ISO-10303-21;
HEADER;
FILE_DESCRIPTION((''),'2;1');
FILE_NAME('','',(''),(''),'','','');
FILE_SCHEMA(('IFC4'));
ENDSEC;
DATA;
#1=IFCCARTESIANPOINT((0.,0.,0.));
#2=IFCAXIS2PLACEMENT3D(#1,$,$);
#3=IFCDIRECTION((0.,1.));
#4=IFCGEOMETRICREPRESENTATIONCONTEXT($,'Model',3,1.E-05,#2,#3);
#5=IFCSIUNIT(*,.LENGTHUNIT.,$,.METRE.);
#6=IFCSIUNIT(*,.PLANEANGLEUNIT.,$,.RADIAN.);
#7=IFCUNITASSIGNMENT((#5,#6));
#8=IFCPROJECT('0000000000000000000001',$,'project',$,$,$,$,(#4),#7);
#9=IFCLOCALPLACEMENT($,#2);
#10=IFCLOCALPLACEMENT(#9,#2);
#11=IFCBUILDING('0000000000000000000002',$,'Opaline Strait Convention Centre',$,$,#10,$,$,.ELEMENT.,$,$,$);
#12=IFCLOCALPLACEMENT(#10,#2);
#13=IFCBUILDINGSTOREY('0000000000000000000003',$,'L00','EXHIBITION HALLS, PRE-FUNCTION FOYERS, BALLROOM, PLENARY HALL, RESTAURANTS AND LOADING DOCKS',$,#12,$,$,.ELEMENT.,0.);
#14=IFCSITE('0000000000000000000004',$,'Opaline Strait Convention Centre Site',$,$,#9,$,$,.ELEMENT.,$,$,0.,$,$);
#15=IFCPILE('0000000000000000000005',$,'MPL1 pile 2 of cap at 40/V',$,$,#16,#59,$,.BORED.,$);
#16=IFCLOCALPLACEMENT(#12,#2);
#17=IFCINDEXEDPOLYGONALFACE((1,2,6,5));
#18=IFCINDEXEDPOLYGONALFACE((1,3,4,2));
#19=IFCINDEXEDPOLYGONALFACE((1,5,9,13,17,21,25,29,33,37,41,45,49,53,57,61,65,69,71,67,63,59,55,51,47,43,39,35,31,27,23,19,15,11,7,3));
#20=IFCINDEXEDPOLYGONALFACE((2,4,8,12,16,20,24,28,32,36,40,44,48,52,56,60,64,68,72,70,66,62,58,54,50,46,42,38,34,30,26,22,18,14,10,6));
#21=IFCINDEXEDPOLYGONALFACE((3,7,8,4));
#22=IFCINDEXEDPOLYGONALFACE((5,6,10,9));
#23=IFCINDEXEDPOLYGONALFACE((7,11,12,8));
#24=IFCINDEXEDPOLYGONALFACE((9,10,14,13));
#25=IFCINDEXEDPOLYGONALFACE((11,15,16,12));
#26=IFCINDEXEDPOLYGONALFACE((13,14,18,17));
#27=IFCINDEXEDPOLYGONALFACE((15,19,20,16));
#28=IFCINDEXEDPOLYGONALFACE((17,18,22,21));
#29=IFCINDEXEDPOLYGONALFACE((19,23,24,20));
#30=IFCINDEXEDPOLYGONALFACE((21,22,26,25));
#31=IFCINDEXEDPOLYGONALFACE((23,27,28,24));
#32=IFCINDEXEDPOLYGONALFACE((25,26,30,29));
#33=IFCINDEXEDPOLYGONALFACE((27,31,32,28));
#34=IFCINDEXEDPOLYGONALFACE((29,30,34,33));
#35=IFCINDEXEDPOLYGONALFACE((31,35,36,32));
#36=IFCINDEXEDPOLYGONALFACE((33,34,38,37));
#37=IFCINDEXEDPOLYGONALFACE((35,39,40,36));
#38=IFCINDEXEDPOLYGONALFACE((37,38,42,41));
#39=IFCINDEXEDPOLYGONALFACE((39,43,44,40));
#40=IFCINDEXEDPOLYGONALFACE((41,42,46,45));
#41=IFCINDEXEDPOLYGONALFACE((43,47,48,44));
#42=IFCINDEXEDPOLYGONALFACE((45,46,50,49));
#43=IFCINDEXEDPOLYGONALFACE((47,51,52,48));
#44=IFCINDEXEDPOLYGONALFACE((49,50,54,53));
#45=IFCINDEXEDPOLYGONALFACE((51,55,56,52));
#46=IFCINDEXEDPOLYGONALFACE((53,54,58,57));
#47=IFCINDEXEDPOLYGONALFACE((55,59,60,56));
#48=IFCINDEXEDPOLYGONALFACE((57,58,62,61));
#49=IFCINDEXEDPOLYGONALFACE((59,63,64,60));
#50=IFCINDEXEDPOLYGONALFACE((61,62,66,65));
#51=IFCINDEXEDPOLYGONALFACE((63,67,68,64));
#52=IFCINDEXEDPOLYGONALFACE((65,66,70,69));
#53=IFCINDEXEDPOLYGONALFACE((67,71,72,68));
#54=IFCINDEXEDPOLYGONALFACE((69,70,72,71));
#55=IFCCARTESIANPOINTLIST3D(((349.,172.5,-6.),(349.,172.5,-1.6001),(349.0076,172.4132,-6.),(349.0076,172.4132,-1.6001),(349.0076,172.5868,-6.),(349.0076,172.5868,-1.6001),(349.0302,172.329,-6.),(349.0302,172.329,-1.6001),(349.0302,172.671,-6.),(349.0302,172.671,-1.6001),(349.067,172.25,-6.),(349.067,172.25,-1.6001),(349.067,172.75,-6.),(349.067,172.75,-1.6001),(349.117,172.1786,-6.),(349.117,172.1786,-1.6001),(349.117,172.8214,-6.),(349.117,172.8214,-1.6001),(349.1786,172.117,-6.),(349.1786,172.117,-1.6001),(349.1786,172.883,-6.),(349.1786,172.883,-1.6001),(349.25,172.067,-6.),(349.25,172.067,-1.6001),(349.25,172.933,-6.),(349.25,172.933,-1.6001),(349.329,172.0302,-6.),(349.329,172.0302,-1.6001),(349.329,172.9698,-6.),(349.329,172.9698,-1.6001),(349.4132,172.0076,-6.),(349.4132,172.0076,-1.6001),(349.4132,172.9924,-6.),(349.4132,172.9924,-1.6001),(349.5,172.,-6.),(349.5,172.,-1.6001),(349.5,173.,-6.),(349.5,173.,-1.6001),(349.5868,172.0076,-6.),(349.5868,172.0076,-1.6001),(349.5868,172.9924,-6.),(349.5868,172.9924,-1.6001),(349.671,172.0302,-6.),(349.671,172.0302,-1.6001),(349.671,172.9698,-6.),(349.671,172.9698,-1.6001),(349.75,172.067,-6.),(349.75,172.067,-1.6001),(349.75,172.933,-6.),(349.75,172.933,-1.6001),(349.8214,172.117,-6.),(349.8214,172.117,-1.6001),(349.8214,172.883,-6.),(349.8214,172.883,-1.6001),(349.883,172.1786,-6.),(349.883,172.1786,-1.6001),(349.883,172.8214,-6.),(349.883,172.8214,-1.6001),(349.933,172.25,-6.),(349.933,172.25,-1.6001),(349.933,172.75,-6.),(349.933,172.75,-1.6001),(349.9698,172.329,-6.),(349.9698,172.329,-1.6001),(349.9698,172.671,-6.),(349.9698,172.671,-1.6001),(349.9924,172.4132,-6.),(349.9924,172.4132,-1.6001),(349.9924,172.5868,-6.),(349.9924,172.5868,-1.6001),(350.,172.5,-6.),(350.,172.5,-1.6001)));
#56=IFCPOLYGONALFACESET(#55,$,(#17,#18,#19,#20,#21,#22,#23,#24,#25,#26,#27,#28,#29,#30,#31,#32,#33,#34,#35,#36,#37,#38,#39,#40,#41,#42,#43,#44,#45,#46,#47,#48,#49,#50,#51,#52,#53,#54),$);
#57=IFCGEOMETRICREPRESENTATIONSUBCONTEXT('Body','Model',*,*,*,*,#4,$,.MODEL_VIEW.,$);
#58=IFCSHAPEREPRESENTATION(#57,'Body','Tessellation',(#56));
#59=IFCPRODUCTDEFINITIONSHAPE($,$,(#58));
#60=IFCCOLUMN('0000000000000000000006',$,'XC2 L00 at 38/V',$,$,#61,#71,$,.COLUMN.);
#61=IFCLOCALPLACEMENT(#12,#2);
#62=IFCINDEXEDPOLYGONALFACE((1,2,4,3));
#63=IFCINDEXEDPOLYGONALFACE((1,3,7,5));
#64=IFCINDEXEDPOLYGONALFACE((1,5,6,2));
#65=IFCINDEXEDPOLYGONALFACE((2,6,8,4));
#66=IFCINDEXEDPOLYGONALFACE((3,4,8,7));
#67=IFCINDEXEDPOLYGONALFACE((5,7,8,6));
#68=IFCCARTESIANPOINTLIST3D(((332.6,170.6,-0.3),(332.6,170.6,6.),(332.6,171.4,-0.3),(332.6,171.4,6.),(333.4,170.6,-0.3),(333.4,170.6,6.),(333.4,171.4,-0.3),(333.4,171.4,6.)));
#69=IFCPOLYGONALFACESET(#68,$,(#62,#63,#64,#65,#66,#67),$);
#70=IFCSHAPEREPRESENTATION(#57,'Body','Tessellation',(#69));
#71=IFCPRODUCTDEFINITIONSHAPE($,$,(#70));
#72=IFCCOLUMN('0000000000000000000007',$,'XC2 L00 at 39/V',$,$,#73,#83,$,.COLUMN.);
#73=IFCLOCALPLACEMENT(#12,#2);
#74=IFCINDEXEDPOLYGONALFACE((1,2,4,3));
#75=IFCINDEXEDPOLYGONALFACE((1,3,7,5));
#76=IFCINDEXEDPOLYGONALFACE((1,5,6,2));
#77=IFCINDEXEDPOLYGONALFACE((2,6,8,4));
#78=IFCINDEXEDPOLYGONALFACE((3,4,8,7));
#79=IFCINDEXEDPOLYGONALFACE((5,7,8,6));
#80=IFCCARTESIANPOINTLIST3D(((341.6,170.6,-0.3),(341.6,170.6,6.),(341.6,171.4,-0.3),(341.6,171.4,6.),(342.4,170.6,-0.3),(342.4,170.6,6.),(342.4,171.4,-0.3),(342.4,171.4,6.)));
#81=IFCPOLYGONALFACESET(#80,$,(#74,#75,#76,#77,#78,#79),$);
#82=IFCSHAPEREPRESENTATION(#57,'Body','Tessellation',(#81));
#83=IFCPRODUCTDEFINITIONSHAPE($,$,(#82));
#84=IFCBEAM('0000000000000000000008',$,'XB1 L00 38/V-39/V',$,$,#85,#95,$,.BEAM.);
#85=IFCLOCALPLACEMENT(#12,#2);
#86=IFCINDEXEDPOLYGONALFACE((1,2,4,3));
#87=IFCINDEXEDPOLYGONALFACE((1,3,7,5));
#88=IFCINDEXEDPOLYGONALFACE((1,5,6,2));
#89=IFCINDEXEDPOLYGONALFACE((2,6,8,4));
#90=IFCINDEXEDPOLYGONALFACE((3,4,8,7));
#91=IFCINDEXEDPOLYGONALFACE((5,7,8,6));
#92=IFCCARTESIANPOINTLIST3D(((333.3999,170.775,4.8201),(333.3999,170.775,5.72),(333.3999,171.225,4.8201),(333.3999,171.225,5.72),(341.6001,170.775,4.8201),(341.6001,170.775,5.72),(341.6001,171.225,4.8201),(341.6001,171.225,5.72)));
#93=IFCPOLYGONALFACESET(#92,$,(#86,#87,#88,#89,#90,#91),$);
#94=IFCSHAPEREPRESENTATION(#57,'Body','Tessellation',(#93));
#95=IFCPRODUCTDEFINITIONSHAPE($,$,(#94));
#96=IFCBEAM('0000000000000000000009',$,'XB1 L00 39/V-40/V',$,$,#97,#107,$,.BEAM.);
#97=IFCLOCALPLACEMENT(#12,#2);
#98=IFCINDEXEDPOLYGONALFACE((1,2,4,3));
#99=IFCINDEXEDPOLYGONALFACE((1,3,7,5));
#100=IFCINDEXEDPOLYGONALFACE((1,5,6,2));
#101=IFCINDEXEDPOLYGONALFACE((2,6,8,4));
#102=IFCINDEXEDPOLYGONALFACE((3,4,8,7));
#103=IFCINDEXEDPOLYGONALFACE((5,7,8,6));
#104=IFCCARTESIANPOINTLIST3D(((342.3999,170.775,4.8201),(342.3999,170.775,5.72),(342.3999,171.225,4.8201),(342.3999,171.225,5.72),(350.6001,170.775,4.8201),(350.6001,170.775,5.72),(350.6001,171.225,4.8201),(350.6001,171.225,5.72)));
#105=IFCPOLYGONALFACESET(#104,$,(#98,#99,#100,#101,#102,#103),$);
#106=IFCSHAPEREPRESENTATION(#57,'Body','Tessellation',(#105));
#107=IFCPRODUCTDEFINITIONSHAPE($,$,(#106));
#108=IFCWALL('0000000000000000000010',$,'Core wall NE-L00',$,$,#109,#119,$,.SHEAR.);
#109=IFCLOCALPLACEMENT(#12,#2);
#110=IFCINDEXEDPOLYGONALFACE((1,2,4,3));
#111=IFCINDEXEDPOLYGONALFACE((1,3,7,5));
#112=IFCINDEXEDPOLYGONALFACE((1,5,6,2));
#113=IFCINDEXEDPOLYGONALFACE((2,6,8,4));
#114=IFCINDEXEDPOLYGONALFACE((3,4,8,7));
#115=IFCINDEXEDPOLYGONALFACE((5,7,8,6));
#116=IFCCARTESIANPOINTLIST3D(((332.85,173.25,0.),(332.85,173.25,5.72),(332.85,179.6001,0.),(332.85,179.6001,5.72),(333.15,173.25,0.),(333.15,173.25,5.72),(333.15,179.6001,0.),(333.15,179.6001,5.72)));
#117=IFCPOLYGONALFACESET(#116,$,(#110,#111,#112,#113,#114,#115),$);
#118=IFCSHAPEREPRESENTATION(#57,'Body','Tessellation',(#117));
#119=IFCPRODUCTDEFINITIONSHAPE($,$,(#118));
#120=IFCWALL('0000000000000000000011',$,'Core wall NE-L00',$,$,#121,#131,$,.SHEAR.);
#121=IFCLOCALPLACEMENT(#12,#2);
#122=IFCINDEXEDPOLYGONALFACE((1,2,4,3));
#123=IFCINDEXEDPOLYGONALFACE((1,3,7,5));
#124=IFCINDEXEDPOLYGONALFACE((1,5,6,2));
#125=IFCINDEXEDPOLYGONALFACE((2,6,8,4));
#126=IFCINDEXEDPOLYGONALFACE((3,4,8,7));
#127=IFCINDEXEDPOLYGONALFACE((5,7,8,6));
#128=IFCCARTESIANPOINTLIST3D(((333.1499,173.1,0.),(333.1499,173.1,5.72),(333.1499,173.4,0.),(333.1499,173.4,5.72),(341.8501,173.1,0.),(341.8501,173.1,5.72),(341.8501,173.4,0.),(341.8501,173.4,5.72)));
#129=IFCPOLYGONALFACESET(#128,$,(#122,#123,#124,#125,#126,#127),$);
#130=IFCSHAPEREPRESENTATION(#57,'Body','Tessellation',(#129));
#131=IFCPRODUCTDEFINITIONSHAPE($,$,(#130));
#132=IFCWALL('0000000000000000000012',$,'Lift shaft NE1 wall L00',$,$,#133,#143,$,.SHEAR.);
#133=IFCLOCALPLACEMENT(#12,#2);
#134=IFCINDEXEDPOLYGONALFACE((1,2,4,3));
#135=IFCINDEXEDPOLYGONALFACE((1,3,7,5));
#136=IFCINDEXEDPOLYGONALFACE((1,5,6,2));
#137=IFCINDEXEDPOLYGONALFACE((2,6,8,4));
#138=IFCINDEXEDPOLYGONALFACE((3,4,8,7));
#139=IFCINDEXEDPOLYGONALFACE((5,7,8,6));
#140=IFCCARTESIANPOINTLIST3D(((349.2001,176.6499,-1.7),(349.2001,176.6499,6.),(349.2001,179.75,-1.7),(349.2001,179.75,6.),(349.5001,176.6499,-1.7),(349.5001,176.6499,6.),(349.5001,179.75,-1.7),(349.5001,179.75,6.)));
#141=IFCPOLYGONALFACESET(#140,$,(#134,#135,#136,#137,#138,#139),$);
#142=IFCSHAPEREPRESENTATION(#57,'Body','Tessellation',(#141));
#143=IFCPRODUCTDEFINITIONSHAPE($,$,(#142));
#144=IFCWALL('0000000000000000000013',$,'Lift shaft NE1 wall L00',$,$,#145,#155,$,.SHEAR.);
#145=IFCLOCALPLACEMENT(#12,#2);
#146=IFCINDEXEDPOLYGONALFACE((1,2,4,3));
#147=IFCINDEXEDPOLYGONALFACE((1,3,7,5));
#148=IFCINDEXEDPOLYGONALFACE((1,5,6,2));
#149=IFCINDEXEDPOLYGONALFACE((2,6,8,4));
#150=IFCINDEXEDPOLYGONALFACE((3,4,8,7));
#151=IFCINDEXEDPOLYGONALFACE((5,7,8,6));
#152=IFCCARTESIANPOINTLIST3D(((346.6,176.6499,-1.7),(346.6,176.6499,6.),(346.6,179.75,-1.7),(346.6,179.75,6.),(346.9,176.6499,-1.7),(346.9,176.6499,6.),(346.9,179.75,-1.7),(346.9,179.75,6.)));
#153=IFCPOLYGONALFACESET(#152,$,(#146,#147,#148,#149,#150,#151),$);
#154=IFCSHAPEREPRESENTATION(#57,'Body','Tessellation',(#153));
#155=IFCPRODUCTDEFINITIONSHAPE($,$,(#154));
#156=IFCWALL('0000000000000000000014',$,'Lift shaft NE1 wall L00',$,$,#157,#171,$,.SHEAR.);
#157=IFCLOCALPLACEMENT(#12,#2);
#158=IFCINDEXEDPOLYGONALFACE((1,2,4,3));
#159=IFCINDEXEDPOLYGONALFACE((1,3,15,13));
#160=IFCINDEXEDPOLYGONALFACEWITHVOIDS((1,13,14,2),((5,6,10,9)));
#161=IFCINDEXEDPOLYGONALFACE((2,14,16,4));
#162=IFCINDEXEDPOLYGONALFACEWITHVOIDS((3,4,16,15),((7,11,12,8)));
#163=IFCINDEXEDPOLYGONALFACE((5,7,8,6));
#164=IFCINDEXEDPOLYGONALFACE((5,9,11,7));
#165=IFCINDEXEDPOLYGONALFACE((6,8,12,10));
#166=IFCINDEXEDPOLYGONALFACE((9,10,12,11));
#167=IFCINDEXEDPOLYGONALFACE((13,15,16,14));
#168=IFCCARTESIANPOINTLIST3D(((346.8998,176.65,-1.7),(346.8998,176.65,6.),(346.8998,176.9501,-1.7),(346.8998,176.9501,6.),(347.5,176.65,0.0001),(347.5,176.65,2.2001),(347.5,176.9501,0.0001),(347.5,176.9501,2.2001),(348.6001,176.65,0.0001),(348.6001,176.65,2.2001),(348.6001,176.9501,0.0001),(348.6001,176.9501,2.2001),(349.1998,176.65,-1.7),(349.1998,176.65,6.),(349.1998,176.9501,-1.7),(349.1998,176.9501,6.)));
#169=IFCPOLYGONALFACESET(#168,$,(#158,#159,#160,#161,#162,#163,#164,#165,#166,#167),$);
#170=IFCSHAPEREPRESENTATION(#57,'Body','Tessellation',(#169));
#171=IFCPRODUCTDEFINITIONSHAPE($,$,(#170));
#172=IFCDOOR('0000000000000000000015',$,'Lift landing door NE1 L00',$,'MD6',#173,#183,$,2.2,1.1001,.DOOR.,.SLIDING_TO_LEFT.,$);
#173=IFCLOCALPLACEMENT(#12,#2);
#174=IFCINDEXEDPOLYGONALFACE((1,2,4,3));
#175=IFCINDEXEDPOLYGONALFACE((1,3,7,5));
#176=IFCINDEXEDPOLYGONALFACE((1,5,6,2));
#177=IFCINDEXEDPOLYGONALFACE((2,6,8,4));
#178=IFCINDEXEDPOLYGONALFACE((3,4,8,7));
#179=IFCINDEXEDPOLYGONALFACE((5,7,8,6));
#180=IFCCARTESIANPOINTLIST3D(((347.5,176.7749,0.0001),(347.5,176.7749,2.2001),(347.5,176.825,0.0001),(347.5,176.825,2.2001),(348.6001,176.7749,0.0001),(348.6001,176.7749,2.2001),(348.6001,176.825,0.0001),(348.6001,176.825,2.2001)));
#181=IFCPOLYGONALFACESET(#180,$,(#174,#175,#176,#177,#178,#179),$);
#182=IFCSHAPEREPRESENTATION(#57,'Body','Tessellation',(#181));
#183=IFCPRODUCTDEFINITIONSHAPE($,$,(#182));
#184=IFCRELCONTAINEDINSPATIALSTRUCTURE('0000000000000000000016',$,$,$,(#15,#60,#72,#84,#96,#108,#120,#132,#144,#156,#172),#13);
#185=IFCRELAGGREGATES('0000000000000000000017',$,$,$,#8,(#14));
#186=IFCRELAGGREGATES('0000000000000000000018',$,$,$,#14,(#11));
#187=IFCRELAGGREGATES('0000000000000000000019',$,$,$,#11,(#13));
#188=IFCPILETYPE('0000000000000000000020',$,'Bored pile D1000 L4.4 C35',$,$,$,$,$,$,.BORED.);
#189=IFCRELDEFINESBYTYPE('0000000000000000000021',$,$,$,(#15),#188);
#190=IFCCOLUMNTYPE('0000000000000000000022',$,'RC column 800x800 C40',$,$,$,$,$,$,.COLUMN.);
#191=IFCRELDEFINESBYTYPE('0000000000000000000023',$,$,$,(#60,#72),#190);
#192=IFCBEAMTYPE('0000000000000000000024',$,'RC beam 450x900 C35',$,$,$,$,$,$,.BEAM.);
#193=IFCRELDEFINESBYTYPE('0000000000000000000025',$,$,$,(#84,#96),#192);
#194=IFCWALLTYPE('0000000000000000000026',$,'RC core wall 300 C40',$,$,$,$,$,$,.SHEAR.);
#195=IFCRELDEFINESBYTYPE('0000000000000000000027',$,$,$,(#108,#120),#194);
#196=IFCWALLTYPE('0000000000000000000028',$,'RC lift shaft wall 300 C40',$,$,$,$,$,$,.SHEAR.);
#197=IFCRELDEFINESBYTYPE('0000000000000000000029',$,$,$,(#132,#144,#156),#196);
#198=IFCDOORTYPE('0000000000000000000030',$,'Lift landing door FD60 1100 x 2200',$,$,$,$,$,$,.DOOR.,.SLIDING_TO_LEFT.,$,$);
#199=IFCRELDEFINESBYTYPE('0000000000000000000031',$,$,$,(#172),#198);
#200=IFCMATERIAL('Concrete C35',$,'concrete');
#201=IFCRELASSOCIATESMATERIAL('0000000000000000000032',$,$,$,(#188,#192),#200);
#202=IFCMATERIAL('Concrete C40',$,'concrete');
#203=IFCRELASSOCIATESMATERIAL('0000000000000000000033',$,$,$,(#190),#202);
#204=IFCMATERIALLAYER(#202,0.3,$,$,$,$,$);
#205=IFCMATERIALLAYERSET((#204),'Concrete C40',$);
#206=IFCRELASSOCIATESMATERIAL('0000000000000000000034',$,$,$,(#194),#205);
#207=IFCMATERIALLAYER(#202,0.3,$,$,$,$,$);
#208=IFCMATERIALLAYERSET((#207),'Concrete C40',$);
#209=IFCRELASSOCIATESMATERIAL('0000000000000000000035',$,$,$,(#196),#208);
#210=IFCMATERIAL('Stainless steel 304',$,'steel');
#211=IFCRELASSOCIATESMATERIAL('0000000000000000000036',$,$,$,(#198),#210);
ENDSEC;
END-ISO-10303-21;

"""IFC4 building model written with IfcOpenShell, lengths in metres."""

from ifc_helpers import new_model, si_unit, direction, frame, frame_2d, origin, origin_2d, place, context, subcontext, project, spatial, rectangle, circle, extrude, material, layer, layer_set, material_profile, profile_set, type_object, element, fill, save


model = new_model("IFC4")

# Units and contexts
model_context = context("Model", 3, precision=1e-05, world=origin(), true_north=direction((0.0, 1.0)))
body_context = subcontext(model_context, "Body", "Model", "MODEL_VIEW")
ifc_project = project(units=[si_unit("LENGTHUNIT", "METRE"), si_unit("PLANEANGLEUNIT", "RADIAN")], contexts=[model_context])

# Site, building, storey
site_placement = place(None, origin())
site = spatial("IfcSite", under=ifc_project, at=site_placement, Name="Opaline Strait Convention Centre Site", CompositionType="ELEMENT", RefElevation=0.0)
building_placement = place(site_placement, origin())
building = spatial("IfcBuilding", under=site, at=building_placement, Name="Opaline Strait Convention Centre", CompositionType="ELEMENT")
storey_placement = place(building_placement, origin())
storey = spatial("IfcBuildingStorey", under=building, at=storey_placement, Name="L00", Description="EXHIBITION HALLS, PRE-FUNCTION FOYERS, BALLROOM, PLENARY HALL, RESTAURANTS AND LOADING DOCKS", CompositionType="ELEMENT", Elevation=0.0)

# Pile
ifc_material_1 = material(Name="Concrete C35", Category="concrete")
ifc_material_profile_1 = material_profile(ifc_material_1, circle(Radius=0.5, at=origin_2d()), Name="D1000")
ifc_profile_set_1 = profile_set([ifc_material_profile_1], Name="Concrete C35")
pile_type = type_object("IfcPileType", Name="Bored pile D1000 L4.4 C35", PredefinedType="BORED", material=ifc_profile_set_1)
for number, where, z_axis, x_axis, name in (
    (1, (349.5, 172.5, -1.6001), (0.0, 0.0, -1.0), (1.0, 0.0, 0.0), "MPL1 pile 2 of cap at 40/V"),
):
    element("IfcPile", number, at=place(storey_placement, frame(where, z_axis=z_axis, x_axis=x_axis)), inside=storey, type_object=pile_type, Name=name, PredefinedType="BORED", context=body_context, shape_type="SweptSolid", body=[
        extrude(circle(Radius=0.5, at=origin_2d()), origin(), (0.0, 0.0, 1.0), 4.3999),
    ])

# Columns
ifc_material_2 = material(Name="Concrete C40", Category="concrete")
ifc_material_profile_2 = material_profile(ifc_material_2, rectangle(XDim=0.8, YDim=0.8, at=origin_2d()), Name="RC 800x800")
ifc_profile_set_2 = profile_set([ifc_material_profile_2], Name="Concrete C40")
column_type = type_object("IfcColumnType", Name="RC column 800x800 C40", PredefinedType="COLUMN", material=ifc_profile_set_2)
for number, where, z_axis, x_axis, name in (
    (2, (333.0, 171.0, -0.3), (0.0, 0.0, 1.0), (1.0, 0.0, 0.0), "XC2 L00 at 38/V"),
    (3, (342.0, 171.0, -0.3), (0.0, 0.0, 1.0), (1.0, 0.0, 0.0), "XC2 L00 at 39/V"),
):
    element("IfcColumn", number, at=place(storey_placement, frame(where, z_axis=z_axis, x_axis=x_axis)), inside=storey, type_object=column_type, Name=name, PredefinedType="COLUMN", context=body_context, shape_type="SweptSolid", body=[
        extrude(rectangle(XDim=0.8, YDim=0.8, at=origin_2d()), origin(), (0.0, 0.0, 1.0), 6.3),
    ])

# Beams
ifc_material_profile_3 = material_profile(ifc_material_1, rectangle(XDim=0.45, YDim=0.8999, at=origin_2d()), Name="RC 450x900")
ifc_profile_set_3 = profile_set([ifc_material_profile_3], Name="Concrete C35")
beam_type = type_object("IfcBeamType", Name="RC beam 450x900 C35", PredefinedType="BEAM", material=ifc_profile_set_3)
for number, where, z_axis, x_axis, name in (
    (4, (333.3999, 171.0, 5.27), (1.0, 0.0, 0.0), (0.0, 1.0, 0.0), "XB1 L00 38/V-39/V"),
    (5, (342.3999, 171.0, 5.27), (1.0, 0.0, 0.0), (0.0, 1.0, 0.0), "XB1 L00 39/V-40/V"),
):
    element("IfcBeam", number, at=place(storey_placement, frame(where, z_axis=z_axis, x_axis=x_axis)), inside=storey, type_object=beam_type, Name=name, PredefinedType="BEAM", context=body_context, shape_type="SweptSolid", body=[
        extrude(rectangle(XDim=0.45, YDim=0.8999, at=origin_2d()), origin(), (0.0, 0.0, 1.0), 8.2002),
    ])

# Shared definitions
ifc_layer_1 = layer(ifc_material_2, 0.3)
ifc_layer_set_1 = layer_set([ifc_layer_1], Name="Concrete C40")
wall_type_1 = type_object("IfcWallType", Name="RC core wall 300 C40", PredefinedType="SHEAR", material=ifc_layer_set_1)

# Walls
wall_1_placement = place(storey_placement, frame((333.0, 173.25, 0.0), z_axis=(0.0, 0.0, 1.0), x_axis=(0.0, 1.0, 0.0)))
element("IfcWall", 6, at=wall_1_placement, inside=storey, type_object=wall_type_1, Name="Core wall NE-L00", PredefinedType="SHEAR", context=body_context, shape_type="SweptSolid", body=[
    extrude(rectangle(XDim=6.3501, YDim=0.3, at=frame_2d((3.175, 0.0))), origin(), (0.0, 0.0, 1.0), 5.72),
])
wall_2_placement = place(storey_placement, frame((333.1499, 173.25, 0.0), z_axis=(0.0, 0.0, 1.0), x_axis=(1.0, 0.0, 0.0)))
element("IfcWall", 7, at=wall_2_placement, inside=storey, type_object=wall_type_1, Name="Core wall NE-L00", PredefinedType="SHEAR", context=body_context, shape_type="SweptSolid", body=[
    extrude(rectangle(XDim=8.7002, YDim=0.3, at=frame_2d((4.3501, 0.0))), origin(), (0.0, 0.0, 1.0), 5.72),
])

# Walls
ifc_layer_2 = layer(ifc_material_2, 0.3)
ifc_layer_set_2 = layer_set([ifc_layer_2], Name="Concrete C40")
wall_type_2 = type_object("IfcWallType", Name="RC lift shaft wall 300 C40", PredefinedType="SHEAR", material=ifc_layer_set_2)
for number, where, z_axis, x_axis, name in (
    (8, (349.3501, 176.6499, -1.7), (0.0, 0.0, 1.0), (0.0, 1.0, 0.0), "Lift shaft NE1 wall L00"),
    (9, (346.75, 176.6499, -1.7), (0.0, 0.0, 1.0), (0.0, 1.0, 0.0), "Lift shaft NE1 wall L00"),
):
    element("IfcWall", number, at=place(storey_placement, frame(where, z_axis=z_axis, x_axis=x_axis)), inside=storey, type_object=wall_type_2, Name=name, PredefinedType="SHEAR", context=body_context, shape_type="SweptSolid", body=[
        extrude(rectangle(XDim=3.1001, YDim=0.3, at=frame_2d((1.55, 0.0))), origin(), (0.0, 0.0, 1.0), 7.7),
    ])

# Wall, opening, door
wall_3_placement = place(storey_placement, frame((346.8999, 176.8, -1.7), z_axis=(0.0, 0.0, 1.0), x_axis=(1.0, 0.0, 0.0)))
wall_3 = element("IfcWall", 10, at=wall_3_placement, inside=storey, type_object=wall_type_2, Name="Lift shaft NE1 wall L00", PredefinedType="SHEAR", context=body_context, shape_type="SweptSolid", body=[
    extrude(rectangle(XDim=2.3, YDim=0.3, at=frame_2d((1.1499, 0.0))), origin(), (0.0, 0.0, 1.0), 7.7),
])
opening_1_placement = place(wall_3_placement, frame((0.6001, 0.0, 1.7)))
opening_1 = element("IfcOpeningElement", 11, at=opening_1_placement, cuts=wall_3, PredefinedType="OPENING", context=body_context, shape_type="SweptSolid", body=[
    extrude(rectangle(XDim=1.1001, YDim=2.2, at=frame_2d((0.55, 1.1001))), frame((0.0, 0.1599, 0.0), z_axis=(0.0, -1.0, 0.0), x_axis=(1.0, 0.0, 0.0)), (0.0, 0.0, 1.0), 0.3201),
])
ifc_material_3 = material(Name="Stainless steel 304", Category="steel")
door_type_1 = type_object("IfcDoorType", Name="Lift landing door FD60 1100 x 2200", OperationType="SLIDING_TO_LEFT", PredefinedType="DOOR", material=ifc_material_3)
door_1_placement = place(opening_1_placement, origin())
door_1 = element("IfcDoor", 12, at=door_1_placement, inside=storey, type_object=door_type_1, Name="Lift landing door NE1 L00", ObjectType="MD6", OperationType="SLIDING_TO_LEFT", OverallHeight=2.2, OverallWidth=1.1001, PredefinedType="DOOR", context=body_context, shape_type="SweptSolid", body=[
    extrude(rectangle(XDim=1.1001, YDim=2.2, at=frame_2d((0.55, 1.1001))), frame((0.0, 0.0249, 0.0), z_axis=(0.0, -1.0, 0.0), x_axis=(1.0, 0.0, 0.0)), (0.0, 0.0, 1.0), 0.05),
])
fill(opening_1, door_1)

save(model, "model.ifc")
